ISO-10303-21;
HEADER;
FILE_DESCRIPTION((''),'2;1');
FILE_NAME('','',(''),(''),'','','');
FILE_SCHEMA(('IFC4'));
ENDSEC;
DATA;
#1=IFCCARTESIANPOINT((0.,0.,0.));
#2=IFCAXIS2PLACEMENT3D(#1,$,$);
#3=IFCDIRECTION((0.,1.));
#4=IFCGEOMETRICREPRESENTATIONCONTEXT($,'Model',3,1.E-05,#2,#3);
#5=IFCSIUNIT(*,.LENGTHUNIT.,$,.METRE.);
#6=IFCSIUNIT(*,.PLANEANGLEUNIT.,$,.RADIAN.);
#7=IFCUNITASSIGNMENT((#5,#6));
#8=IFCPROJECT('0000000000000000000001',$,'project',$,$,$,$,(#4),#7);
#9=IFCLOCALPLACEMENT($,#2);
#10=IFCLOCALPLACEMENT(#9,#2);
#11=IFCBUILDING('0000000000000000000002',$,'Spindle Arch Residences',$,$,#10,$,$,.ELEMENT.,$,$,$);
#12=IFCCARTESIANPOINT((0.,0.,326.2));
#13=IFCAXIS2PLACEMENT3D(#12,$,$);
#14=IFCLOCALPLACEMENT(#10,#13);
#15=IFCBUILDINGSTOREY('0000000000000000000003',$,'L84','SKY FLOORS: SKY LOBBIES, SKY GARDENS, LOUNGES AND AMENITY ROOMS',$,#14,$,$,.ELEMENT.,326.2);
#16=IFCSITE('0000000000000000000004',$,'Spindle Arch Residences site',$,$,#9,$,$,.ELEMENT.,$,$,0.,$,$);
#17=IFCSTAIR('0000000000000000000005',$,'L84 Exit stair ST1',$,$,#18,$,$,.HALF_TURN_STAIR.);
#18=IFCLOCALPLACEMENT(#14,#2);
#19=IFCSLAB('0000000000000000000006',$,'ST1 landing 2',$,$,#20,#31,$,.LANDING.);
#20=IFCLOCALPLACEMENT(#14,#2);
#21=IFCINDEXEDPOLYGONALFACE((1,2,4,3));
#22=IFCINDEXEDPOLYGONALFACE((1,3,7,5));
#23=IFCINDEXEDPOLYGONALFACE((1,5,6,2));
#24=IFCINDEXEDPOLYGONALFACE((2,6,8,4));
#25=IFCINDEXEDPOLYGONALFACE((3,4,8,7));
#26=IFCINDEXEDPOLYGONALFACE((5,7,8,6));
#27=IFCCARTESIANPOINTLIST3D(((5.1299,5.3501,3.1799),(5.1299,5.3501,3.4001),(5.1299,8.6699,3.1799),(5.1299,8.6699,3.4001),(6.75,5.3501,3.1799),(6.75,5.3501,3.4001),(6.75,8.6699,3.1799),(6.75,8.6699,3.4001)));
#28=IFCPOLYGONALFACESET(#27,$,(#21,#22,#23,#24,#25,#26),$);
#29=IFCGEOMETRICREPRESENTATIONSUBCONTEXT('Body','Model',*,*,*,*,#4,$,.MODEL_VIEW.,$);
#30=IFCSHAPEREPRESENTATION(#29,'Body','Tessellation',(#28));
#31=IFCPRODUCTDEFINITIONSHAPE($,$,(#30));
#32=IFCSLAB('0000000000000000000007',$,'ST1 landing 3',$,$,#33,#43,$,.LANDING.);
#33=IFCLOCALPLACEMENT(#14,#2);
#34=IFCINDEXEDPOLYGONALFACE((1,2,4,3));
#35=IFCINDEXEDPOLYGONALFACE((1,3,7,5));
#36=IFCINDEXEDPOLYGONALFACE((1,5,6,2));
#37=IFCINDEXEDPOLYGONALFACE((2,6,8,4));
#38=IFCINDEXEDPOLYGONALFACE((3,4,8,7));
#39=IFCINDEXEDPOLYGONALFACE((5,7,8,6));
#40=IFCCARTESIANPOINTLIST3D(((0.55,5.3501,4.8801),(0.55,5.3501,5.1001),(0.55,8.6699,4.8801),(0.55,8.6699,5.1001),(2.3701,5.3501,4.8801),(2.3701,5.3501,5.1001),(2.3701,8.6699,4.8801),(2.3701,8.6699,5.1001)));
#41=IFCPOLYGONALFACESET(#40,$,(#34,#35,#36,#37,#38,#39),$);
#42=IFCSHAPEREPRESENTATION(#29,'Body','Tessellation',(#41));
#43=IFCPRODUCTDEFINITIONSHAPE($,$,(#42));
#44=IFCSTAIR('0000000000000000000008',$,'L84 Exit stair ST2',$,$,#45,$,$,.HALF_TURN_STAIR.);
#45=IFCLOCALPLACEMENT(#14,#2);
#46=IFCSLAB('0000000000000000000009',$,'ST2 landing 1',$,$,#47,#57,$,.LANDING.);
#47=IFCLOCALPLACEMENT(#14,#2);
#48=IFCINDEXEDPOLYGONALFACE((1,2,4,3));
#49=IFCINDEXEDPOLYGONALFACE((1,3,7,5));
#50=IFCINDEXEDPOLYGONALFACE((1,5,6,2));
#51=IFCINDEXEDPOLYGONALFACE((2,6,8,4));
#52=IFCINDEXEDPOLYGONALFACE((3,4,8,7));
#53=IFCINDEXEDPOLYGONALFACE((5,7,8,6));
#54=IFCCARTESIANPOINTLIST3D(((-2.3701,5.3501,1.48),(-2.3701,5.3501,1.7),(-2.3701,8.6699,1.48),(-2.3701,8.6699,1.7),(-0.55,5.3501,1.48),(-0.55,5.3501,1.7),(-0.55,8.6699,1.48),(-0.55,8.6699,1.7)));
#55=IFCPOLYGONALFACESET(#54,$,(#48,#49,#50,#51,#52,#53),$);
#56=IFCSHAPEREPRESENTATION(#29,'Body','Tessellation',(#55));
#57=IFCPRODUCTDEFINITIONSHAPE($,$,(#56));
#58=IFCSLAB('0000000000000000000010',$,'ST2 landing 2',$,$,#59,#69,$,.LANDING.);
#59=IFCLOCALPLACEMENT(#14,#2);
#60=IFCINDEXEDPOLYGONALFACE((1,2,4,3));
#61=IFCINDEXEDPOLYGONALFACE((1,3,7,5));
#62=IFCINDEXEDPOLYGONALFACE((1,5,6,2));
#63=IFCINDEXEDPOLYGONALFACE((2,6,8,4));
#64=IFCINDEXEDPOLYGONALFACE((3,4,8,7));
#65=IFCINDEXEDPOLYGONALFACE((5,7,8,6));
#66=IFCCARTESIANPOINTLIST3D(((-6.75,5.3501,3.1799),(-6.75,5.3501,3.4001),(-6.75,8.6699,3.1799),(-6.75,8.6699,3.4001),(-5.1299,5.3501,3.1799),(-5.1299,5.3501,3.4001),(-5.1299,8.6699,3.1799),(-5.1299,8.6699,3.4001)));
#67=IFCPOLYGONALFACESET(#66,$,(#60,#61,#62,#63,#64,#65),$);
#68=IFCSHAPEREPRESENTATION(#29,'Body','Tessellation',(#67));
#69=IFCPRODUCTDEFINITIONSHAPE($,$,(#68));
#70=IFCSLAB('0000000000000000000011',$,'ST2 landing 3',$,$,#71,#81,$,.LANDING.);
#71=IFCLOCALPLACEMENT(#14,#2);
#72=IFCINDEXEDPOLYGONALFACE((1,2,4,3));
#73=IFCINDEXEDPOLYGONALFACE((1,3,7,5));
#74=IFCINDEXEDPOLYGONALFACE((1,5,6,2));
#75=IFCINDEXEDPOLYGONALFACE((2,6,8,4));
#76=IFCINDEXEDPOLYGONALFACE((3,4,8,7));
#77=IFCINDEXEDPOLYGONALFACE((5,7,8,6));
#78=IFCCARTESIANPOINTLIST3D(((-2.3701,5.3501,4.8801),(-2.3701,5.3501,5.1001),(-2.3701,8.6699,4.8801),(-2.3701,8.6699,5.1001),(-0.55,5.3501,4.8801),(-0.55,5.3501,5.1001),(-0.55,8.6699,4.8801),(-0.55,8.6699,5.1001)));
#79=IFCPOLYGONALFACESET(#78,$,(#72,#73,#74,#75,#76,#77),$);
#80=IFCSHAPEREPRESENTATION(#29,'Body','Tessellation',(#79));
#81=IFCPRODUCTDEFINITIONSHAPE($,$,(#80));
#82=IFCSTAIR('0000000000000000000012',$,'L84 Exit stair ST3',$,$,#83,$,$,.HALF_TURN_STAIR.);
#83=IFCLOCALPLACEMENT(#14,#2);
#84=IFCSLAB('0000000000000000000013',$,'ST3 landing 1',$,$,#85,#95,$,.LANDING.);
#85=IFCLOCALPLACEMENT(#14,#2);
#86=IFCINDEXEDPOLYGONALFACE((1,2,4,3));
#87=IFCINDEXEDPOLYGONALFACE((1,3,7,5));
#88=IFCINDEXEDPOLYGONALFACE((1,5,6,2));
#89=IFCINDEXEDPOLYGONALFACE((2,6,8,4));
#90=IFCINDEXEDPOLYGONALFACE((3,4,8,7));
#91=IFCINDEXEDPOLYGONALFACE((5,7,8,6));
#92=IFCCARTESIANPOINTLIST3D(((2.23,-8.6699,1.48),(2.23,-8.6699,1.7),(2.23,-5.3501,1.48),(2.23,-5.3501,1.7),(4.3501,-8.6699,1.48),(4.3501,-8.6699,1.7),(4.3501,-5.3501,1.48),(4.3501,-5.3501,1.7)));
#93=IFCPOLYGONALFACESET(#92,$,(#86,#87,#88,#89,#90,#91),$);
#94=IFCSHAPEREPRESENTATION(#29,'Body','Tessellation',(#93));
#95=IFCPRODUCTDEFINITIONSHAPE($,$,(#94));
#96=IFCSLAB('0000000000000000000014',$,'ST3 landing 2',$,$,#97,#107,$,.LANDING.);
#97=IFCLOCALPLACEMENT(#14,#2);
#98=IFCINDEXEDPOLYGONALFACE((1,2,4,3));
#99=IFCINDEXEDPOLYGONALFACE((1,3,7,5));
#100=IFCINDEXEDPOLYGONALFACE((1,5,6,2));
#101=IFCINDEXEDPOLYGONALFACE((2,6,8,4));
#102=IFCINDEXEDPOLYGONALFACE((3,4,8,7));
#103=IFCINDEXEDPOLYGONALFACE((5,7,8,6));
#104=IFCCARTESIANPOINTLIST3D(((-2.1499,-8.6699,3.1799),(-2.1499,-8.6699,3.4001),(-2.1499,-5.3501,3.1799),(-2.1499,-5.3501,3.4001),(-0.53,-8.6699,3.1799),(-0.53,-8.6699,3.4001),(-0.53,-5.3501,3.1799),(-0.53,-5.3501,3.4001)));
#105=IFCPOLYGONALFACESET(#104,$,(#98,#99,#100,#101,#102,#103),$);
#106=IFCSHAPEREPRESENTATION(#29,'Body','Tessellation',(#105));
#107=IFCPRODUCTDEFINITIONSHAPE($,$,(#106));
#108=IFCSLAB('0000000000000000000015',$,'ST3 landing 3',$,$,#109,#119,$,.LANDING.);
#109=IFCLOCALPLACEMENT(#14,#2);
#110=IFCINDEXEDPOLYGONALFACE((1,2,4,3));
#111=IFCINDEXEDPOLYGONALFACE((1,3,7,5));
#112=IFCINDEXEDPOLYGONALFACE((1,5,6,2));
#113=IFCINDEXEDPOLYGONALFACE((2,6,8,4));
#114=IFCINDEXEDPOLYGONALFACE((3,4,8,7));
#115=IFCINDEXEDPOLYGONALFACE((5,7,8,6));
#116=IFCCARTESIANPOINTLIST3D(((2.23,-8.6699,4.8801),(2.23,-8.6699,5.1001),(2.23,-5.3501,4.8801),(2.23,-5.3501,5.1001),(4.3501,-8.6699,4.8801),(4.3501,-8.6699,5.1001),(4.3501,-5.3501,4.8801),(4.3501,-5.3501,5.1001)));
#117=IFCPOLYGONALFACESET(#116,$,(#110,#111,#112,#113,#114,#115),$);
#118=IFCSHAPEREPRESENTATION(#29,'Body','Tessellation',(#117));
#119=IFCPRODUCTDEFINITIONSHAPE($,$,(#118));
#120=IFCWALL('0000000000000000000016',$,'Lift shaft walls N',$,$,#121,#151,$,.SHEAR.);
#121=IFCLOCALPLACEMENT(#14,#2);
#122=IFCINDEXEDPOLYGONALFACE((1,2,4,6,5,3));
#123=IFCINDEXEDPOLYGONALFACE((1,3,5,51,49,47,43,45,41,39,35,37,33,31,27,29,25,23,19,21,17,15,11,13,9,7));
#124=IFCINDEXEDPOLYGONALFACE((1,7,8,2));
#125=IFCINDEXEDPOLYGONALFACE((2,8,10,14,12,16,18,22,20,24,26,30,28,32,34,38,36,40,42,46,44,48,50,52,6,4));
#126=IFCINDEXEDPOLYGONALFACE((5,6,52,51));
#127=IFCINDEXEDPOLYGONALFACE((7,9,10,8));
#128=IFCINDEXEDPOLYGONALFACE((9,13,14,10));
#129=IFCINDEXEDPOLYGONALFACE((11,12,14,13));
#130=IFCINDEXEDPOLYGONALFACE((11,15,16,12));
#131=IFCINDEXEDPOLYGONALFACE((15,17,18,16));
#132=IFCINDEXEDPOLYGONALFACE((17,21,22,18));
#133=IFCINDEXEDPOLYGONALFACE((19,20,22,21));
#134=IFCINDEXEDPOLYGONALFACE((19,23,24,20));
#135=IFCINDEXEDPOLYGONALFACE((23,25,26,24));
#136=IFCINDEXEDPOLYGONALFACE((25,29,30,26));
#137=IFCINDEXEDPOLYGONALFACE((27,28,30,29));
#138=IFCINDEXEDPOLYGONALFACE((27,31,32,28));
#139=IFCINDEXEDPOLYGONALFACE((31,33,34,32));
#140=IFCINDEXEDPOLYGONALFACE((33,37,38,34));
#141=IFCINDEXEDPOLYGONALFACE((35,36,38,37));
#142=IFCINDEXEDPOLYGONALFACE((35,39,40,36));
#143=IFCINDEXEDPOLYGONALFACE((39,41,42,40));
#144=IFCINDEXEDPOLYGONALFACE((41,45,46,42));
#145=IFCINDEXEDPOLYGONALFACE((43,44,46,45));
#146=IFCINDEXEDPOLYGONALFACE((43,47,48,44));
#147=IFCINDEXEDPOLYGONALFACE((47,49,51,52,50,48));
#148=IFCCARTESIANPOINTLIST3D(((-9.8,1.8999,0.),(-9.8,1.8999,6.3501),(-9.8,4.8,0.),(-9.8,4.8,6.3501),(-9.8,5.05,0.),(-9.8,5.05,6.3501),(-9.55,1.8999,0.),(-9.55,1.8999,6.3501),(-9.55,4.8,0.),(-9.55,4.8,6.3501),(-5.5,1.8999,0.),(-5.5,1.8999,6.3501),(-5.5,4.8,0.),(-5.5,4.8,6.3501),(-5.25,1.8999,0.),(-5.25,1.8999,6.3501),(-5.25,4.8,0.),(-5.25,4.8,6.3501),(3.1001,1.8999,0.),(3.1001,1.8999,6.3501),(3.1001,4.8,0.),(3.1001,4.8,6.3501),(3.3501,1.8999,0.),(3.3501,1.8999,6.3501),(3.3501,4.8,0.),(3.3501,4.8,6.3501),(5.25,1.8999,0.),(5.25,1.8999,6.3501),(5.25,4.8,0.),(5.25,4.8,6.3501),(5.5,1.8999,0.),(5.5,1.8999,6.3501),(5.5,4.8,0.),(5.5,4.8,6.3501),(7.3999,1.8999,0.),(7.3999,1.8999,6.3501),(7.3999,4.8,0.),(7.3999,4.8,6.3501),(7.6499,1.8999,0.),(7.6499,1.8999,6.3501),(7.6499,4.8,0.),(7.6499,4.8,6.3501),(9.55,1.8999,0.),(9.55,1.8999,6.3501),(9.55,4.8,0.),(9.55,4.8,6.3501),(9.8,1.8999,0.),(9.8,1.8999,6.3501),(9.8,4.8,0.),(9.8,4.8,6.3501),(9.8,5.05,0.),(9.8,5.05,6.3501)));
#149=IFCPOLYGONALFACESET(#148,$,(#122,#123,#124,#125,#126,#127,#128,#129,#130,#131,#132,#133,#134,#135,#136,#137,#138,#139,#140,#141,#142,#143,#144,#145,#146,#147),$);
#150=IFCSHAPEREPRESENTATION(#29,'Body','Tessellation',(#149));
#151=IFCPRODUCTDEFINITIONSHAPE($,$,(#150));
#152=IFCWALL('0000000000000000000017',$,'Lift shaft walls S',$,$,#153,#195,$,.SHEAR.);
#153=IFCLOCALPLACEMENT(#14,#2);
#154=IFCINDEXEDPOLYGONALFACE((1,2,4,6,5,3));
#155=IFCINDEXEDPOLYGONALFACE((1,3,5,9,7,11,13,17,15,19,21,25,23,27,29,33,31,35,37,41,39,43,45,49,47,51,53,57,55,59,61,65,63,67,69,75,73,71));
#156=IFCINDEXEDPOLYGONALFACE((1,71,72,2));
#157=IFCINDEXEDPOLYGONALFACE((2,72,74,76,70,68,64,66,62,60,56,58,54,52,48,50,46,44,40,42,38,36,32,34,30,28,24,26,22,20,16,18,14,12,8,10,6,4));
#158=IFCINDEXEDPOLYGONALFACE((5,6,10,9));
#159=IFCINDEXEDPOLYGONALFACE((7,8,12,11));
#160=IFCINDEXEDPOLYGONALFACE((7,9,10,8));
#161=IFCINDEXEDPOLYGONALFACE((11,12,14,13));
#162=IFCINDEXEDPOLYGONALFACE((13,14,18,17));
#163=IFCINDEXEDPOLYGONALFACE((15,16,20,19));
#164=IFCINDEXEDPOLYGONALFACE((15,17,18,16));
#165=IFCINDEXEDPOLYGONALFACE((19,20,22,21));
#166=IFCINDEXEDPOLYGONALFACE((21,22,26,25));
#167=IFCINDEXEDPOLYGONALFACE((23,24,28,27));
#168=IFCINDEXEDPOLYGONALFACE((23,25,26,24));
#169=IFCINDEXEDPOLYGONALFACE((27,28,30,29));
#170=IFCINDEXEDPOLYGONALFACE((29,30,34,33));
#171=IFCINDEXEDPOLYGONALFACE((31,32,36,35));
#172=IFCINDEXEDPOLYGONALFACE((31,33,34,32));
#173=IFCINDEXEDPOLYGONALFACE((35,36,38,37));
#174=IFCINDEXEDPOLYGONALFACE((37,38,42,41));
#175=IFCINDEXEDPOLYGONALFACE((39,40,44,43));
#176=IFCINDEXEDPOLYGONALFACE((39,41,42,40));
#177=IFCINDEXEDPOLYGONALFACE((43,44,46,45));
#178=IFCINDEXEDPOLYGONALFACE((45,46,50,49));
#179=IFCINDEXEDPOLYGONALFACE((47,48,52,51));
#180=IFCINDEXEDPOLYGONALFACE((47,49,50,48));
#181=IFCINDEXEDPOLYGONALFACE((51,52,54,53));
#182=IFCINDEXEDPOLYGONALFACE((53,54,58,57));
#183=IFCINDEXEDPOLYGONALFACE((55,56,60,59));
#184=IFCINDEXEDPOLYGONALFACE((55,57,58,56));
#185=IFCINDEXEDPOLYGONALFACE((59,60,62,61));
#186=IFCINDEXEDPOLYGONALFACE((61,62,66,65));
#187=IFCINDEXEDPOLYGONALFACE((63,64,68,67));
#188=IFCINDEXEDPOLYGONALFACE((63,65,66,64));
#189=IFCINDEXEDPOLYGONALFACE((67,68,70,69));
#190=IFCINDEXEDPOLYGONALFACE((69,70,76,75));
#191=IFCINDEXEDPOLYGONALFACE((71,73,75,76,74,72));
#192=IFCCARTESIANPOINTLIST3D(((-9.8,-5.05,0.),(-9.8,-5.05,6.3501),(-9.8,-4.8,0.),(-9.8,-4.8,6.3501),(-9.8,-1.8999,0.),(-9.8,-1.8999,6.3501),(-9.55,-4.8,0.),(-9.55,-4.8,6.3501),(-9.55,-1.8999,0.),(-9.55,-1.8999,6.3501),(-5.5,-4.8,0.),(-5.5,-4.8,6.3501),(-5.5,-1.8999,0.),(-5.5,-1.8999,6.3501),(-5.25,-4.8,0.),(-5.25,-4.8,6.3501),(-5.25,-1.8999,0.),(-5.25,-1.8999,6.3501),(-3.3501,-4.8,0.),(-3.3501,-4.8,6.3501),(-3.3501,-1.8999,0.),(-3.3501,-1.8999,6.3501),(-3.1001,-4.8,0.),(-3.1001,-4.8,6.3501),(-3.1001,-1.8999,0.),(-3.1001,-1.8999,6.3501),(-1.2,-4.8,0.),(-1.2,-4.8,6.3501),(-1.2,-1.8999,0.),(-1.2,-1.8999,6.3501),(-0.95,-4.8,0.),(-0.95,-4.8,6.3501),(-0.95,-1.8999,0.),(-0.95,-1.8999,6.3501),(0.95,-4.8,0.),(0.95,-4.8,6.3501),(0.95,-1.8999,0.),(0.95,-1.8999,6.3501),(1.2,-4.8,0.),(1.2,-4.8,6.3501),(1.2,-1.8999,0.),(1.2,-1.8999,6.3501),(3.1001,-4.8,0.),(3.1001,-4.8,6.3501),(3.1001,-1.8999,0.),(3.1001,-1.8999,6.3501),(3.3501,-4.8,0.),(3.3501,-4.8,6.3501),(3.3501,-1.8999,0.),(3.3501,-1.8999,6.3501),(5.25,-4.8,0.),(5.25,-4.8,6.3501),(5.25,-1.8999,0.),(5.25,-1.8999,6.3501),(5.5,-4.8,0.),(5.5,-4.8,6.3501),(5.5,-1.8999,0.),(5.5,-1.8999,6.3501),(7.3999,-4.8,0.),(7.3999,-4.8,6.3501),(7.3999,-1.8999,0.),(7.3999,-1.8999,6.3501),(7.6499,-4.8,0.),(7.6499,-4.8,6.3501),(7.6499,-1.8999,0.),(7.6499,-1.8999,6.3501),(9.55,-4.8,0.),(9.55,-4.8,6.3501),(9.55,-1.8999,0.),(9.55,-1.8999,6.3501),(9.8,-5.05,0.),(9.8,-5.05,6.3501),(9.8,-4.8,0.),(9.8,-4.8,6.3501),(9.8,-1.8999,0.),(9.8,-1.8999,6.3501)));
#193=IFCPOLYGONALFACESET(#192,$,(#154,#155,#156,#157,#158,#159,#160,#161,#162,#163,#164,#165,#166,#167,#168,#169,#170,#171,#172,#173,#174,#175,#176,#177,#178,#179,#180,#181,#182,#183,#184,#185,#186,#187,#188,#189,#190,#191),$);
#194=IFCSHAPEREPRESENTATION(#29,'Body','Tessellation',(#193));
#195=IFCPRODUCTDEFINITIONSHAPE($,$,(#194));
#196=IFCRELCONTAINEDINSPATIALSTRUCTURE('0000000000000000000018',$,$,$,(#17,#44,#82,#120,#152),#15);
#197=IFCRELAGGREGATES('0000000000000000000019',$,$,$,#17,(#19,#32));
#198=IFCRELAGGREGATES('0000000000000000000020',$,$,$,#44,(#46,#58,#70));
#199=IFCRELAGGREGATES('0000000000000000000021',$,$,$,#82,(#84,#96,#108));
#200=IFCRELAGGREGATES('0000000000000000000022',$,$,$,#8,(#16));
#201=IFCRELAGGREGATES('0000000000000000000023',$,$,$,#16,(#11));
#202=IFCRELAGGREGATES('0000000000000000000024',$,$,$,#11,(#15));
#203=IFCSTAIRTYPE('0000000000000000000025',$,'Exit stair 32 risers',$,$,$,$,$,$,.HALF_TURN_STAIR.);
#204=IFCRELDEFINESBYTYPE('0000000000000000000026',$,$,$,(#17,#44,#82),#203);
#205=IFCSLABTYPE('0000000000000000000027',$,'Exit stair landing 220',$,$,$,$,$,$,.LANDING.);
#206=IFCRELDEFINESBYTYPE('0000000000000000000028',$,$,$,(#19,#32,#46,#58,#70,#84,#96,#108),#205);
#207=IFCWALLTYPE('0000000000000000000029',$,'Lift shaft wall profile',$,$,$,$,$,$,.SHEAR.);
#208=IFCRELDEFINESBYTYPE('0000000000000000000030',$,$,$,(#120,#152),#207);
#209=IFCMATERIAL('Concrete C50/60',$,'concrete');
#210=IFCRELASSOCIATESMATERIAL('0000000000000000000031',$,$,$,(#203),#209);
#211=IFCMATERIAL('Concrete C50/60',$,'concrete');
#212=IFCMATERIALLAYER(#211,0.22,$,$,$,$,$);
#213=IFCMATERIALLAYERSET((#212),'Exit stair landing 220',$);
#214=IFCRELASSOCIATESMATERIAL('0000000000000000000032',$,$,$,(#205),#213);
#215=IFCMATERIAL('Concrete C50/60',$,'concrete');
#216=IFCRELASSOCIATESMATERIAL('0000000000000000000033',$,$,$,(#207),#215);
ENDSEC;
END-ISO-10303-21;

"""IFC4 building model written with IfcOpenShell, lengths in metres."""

from ifc_helpers import new_model, si_unit, direction, frame, origin, place, context, subcontext, project, spatial, polyline, outline, extrude, material, layer, layer_set, type_object, element, aggregate, save


model = new_model("IFC4")

# Units and contexts
model_context = context("Model", 3, precision=1e-05, world=origin(), true_north=direction((0.0, 1.0)))
body_context = subcontext(model_context, "Body", "Model", "MODEL_VIEW")
ifc_project = project(units=[si_unit("LENGTHUNIT", "METRE"), si_unit("PLANEANGLEUNIT", "RADIAN")], contexts=[model_context])

# Site, building, storey
site_placement = place(None, origin())
site = spatial("IfcSite", under=ifc_project, at=site_placement, Name="Spindle Arch Residences site", CompositionType="ELEMENT", RefElevation=0.0)
building_placement = place(site_placement, origin())
building = spatial("IfcBuilding", under=site, at=building_placement, Name="Spindle Arch Residences", CompositionType="ELEMENT")
storey_placement = place(building_placement, frame((0.0, 0.0, 326.2)))
storey = spatial("IfcBuildingStorey", under=building, at=storey_placement, Name="L84", Description="SKY FLOORS: SKY LOBBIES, SKY GARDENS, LOUNGES AND AMENITY ROOMS", CompositionType="ELEMENT", Elevation=326.2)

# Stairs, slabs
ifc_material_1 = material(Name="Concrete C50/60", Category="concrete")
stair_type = type_object("IfcStairType", Name="Exit stair 32 risers", PredefinedType="HALF_TURN_STAIR", material=ifc_material_1)
stair_1_placement = place(storey_placement, origin())
stair_1 = element("IfcStair", 1, at=stair_1_placement, inside=storey, type_object=stair_type, Name="L84 Exit stair ST1", PredefinedType="HALF_TURN_STAIR")
ifc_material_2 = material(Name="Concrete C50/60", Category="concrete")
ifc_layer_1 = layer(ifc_material_2, 0.22)
ifc_layer_set_1 = layer_set([ifc_layer_1], Name="Exit stair landing 220")
slab_type_1 = type_object("IfcSlabType", Name="Exit stair landing 220", PredefinedType="LANDING", material=ifc_layer_set_1)
slab_1_placement = place(storey_placement, frame((0.0, 0.0, 3.1799)))
slab_1 = element("IfcSlab", 2, at=slab_1_placement, type_object=slab_type_1, Name="ST1 landing 2", PredefinedType="LANDING", context=body_context, shape_type="SweptSolid", body=[
    extrude(outline(polyline([(6.75, 8.6699), (5.1299, 8.6699), (5.1299, 5.3501), (6.75, 5.3501), (6.75, 8.6699)])), origin(), (0.0, 0.0, 1.0), 0.2202),
])
slab_2_placement = place(storey_placement, frame((0.0, 0.0, 4.8801)))
slab_2 = element("IfcSlab", 3, at=slab_2_placement, type_object=slab_type_1, Name="ST1 landing 3", PredefinedType="LANDING", context=body_context, shape_type="SweptSolid", body=[
    extrude(outline(polyline([(2.3701, 8.6699), (0.55, 8.6699), (0.55, 5.3501), (2.3701, 5.3501), (2.3701, 8.6699)])), origin(), (0.0, 0.0, 1.0), 0.22),
])
aggregate(stair_1, [slab_1, slab_2])
stair_2_placement = place(storey_placement, origin())
stair_2 = element("IfcStair", 4, at=stair_2_placement, inside=storey, type_object=stair_type, Name="L84 Exit stair ST2", PredefinedType="HALF_TURN_STAIR")
slab_3_placement = place(storey_placement, frame((0.0, 0.0, 1.48)))
slab_3 = element("IfcSlab", 5, at=slab_3_placement, type_object=slab_type_1, Name="ST2 landing 1", PredefinedType="LANDING", context=body_context, shape_type="SweptSolid", body=[
    extrude(outline(polyline([(-2.3701, 5.3501), (-0.55, 5.3501), (-0.55, 8.6699), (-2.3701, 8.6699), (-2.3701, 5.3501)])), origin(), (0.0, 0.0, 1.0), 0.22),
])
slab_4_placement = place(storey_placement, frame((0.0, 0.0, 3.1799)))
slab_4 = element("IfcSlab", 6, at=slab_4_placement, type_object=slab_type_1, Name="ST2 landing 2", PredefinedType="LANDING", context=body_context, shape_type="SweptSolid", body=[
    extrude(outline(polyline([(-6.75, 5.3501), (-5.1299, 5.3501), (-5.1299, 8.6699), (-6.75, 8.6699), (-6.75, 5.3501)])), origin(), (0.0, 0.0, 1.0), 0.2202),
])
slab_5_placement = place(storey_placement, frame((0.0, 0.0, 4.8801)))
slab_5 = element("IfcSlab", 7, at=slab_5_placement, type_object=slab_type_1, Name="ST2 landing 3", PredefinedType="LANDING", context=body_context, shape_type="SweptSolid", body=[
    extrude(outline(polyline([(-2.3701, 5.3501), (-0.55, 5.3501), (-0.55, 8.6699), (-2.3701, 8.6699), (-2.3701, 5.3501)])), origin(), (0.0, 0.0, 1.0), 0.22),
])
aggregate(stair_2, [slab_3, slab_4, slab_5])
stair_3_placement = place(storey_placement, origin())
stair_3 = element("IfcStair", 8, at=stair_3_placement, inside=storey, type_object=stair_type, Name="L84 Exit stair ST3", PredefinedType="HALF_TURN_STAIR")
slab_6_placement = place(storey_placement, frame((0.0, 0.0, 1.48)))
slab_6 = element("IfcSlab", 9, at=slab_6_placement, type_object=slab_type_1, Name="ST3 landing 1", PredefinedType="LANDING", context=body_context, shape_type="SweptSolid", body=[
    extrude(outline(polyline([(2.23, -8.6699), (4.3501, -8.6699), (4.3501, -5.3501), (2.23, -5.3501), (2.23, -8.6699)])), origin(), (0.0, 0.0, 1.0), 0.22),
])
slab_7_placement = place(storey_placement, frame((0.0, 0.0, 3.1799)))
slab_7 = element("IfcSlab", 10, at=slab_7_placement, type_object=slab_type_1, Name="ST3 landing 2", PredefinedType="LANDING", context=body_context, shape_type="SweptSolid", body=[
    extrude(outline(polyline([(-2.1499, -8.6699), (-0.53, -8.6699), (-0.53, -5.3501), (-2.1499, -5.3501), (-2.1499, -8.6699)])), origin(), (0.0, 0.0, 1.0), 0.2202),
])
slab_8_placement = place(storey_placement, frame((0.0, 0.0, 4.8801)))
slab_8 = element("IfcSlab", 11, at=slab_8_placement, type_object=slab_type_1, Name="ST3 landing 3", PredefinedType="LANDING", context=body_context, shape_type="SweptSolid", body=[
    extrude(outline(polyline([(2.23, -8.6699), (4.3501, -8.6699), (4.3501, -5.3501), (2.23, -5.3501), (2.23, -8.6699)])), origin(), (0.0, 0.0, 1.0), 0.22),
])

# Walls
ifc_material_3 = material(Name="Concrete C50/60", Category="concrete")
wall_type_1 = type_object("IfcWallType", Name="Lift shaft wall profile", PredefinedType="SHEAR", material=ifc_material_3)
wall_1_placement = place(storey_placement, origin())
element("IfcWall", 12, at=wall_1_placement, inside=storey, type_object=wall_type_1, Name="Lift shaft walls N", PredefinedType="SHEAR", context=body_context, shape_type="SweptSolid", body=[
    extrude(outline(polyline([(-9.8, 1.8999), (-9.55, 1.8999), (-9.55, 4.8), (-5.5, 4.8), (-5.5, 1.8999), (-5.25, 1.8999), (-5.25, 4.8), (3.1001, 4.8), (3.1001, 1.8999), (3.3501, 1.8999), (3.3501, 4.8), (5.25, 4.8), (5.25, 1.8999), (5.5, 1.8999), (5.5, 4.8), (7.3999, 4.8), (7.3999, 1.8999), (7.6499, 1.8999), (7.6499, 4.8), (9.55, 4.8), (9.55, 1.8999), (9.8, 1.8999), (9.8, 4.8), (9.8, 5.05), (-9.8, 5.05), (-9.8, 4.8), (-9.8, 1.8999)])), origin(), (0.0, 0.0, 1.0), 6.3501),
])
wall_2_placement = place(storey_placement, origin())
element("IfcWall", 13, at=wall_2_placement, inside=storey, type_object=wall_type_1, Name="Lift shaft walls S", PredefinedType="SHEAR", context=body_context, shape_type="SweptSolid", body=[
    extrude(outline(polyline([(9.8, -5.05), (9.8, -4.8), (9.8, -1.8999), (9.55, -1.8999), (9.55, -4.8), (7.6499, -4.8), (7.6499, -1.8999), (7.3999, -1.8999), (7.3999, -4.8), (5.5, -4.8), (5.5, -1.8999), (5.25, -1.8999), (5.25, -4.8), (3.3501, -4.8), (3.3501, -1.8999), (3.1001, -1.8999), (3.1001, -4.8), (1.2, -4.8), (1.2, -1.8999), (0.95, -1.8999), (0.95, -4.8), (-0.95, -4.8), (-0.95, -1.8999), (-1.2, -1.8999), (-1.2, -4.8), (-3.1001, -4.8), (-3.1001, -1.8999), (-3.3501, -1.8999), (-3.3501, -4.8), (-5.25, -4.8), (-5.25, -1.8999), (-5.5, -1.8999), (-5.5, -4.8), (-9.55, -4.8), (-9.55, -1.8999), (-9.8, -1.8999), (-9.8, -4.8), (-9.8, -5.05), (9.8, -5.05)])), origin(), (0.0, 0.0, 1.0), 6.3501),
])

aggregate(stair_3, [slab_6, slab_7, slab_8])

save(model, "model.ifc")
